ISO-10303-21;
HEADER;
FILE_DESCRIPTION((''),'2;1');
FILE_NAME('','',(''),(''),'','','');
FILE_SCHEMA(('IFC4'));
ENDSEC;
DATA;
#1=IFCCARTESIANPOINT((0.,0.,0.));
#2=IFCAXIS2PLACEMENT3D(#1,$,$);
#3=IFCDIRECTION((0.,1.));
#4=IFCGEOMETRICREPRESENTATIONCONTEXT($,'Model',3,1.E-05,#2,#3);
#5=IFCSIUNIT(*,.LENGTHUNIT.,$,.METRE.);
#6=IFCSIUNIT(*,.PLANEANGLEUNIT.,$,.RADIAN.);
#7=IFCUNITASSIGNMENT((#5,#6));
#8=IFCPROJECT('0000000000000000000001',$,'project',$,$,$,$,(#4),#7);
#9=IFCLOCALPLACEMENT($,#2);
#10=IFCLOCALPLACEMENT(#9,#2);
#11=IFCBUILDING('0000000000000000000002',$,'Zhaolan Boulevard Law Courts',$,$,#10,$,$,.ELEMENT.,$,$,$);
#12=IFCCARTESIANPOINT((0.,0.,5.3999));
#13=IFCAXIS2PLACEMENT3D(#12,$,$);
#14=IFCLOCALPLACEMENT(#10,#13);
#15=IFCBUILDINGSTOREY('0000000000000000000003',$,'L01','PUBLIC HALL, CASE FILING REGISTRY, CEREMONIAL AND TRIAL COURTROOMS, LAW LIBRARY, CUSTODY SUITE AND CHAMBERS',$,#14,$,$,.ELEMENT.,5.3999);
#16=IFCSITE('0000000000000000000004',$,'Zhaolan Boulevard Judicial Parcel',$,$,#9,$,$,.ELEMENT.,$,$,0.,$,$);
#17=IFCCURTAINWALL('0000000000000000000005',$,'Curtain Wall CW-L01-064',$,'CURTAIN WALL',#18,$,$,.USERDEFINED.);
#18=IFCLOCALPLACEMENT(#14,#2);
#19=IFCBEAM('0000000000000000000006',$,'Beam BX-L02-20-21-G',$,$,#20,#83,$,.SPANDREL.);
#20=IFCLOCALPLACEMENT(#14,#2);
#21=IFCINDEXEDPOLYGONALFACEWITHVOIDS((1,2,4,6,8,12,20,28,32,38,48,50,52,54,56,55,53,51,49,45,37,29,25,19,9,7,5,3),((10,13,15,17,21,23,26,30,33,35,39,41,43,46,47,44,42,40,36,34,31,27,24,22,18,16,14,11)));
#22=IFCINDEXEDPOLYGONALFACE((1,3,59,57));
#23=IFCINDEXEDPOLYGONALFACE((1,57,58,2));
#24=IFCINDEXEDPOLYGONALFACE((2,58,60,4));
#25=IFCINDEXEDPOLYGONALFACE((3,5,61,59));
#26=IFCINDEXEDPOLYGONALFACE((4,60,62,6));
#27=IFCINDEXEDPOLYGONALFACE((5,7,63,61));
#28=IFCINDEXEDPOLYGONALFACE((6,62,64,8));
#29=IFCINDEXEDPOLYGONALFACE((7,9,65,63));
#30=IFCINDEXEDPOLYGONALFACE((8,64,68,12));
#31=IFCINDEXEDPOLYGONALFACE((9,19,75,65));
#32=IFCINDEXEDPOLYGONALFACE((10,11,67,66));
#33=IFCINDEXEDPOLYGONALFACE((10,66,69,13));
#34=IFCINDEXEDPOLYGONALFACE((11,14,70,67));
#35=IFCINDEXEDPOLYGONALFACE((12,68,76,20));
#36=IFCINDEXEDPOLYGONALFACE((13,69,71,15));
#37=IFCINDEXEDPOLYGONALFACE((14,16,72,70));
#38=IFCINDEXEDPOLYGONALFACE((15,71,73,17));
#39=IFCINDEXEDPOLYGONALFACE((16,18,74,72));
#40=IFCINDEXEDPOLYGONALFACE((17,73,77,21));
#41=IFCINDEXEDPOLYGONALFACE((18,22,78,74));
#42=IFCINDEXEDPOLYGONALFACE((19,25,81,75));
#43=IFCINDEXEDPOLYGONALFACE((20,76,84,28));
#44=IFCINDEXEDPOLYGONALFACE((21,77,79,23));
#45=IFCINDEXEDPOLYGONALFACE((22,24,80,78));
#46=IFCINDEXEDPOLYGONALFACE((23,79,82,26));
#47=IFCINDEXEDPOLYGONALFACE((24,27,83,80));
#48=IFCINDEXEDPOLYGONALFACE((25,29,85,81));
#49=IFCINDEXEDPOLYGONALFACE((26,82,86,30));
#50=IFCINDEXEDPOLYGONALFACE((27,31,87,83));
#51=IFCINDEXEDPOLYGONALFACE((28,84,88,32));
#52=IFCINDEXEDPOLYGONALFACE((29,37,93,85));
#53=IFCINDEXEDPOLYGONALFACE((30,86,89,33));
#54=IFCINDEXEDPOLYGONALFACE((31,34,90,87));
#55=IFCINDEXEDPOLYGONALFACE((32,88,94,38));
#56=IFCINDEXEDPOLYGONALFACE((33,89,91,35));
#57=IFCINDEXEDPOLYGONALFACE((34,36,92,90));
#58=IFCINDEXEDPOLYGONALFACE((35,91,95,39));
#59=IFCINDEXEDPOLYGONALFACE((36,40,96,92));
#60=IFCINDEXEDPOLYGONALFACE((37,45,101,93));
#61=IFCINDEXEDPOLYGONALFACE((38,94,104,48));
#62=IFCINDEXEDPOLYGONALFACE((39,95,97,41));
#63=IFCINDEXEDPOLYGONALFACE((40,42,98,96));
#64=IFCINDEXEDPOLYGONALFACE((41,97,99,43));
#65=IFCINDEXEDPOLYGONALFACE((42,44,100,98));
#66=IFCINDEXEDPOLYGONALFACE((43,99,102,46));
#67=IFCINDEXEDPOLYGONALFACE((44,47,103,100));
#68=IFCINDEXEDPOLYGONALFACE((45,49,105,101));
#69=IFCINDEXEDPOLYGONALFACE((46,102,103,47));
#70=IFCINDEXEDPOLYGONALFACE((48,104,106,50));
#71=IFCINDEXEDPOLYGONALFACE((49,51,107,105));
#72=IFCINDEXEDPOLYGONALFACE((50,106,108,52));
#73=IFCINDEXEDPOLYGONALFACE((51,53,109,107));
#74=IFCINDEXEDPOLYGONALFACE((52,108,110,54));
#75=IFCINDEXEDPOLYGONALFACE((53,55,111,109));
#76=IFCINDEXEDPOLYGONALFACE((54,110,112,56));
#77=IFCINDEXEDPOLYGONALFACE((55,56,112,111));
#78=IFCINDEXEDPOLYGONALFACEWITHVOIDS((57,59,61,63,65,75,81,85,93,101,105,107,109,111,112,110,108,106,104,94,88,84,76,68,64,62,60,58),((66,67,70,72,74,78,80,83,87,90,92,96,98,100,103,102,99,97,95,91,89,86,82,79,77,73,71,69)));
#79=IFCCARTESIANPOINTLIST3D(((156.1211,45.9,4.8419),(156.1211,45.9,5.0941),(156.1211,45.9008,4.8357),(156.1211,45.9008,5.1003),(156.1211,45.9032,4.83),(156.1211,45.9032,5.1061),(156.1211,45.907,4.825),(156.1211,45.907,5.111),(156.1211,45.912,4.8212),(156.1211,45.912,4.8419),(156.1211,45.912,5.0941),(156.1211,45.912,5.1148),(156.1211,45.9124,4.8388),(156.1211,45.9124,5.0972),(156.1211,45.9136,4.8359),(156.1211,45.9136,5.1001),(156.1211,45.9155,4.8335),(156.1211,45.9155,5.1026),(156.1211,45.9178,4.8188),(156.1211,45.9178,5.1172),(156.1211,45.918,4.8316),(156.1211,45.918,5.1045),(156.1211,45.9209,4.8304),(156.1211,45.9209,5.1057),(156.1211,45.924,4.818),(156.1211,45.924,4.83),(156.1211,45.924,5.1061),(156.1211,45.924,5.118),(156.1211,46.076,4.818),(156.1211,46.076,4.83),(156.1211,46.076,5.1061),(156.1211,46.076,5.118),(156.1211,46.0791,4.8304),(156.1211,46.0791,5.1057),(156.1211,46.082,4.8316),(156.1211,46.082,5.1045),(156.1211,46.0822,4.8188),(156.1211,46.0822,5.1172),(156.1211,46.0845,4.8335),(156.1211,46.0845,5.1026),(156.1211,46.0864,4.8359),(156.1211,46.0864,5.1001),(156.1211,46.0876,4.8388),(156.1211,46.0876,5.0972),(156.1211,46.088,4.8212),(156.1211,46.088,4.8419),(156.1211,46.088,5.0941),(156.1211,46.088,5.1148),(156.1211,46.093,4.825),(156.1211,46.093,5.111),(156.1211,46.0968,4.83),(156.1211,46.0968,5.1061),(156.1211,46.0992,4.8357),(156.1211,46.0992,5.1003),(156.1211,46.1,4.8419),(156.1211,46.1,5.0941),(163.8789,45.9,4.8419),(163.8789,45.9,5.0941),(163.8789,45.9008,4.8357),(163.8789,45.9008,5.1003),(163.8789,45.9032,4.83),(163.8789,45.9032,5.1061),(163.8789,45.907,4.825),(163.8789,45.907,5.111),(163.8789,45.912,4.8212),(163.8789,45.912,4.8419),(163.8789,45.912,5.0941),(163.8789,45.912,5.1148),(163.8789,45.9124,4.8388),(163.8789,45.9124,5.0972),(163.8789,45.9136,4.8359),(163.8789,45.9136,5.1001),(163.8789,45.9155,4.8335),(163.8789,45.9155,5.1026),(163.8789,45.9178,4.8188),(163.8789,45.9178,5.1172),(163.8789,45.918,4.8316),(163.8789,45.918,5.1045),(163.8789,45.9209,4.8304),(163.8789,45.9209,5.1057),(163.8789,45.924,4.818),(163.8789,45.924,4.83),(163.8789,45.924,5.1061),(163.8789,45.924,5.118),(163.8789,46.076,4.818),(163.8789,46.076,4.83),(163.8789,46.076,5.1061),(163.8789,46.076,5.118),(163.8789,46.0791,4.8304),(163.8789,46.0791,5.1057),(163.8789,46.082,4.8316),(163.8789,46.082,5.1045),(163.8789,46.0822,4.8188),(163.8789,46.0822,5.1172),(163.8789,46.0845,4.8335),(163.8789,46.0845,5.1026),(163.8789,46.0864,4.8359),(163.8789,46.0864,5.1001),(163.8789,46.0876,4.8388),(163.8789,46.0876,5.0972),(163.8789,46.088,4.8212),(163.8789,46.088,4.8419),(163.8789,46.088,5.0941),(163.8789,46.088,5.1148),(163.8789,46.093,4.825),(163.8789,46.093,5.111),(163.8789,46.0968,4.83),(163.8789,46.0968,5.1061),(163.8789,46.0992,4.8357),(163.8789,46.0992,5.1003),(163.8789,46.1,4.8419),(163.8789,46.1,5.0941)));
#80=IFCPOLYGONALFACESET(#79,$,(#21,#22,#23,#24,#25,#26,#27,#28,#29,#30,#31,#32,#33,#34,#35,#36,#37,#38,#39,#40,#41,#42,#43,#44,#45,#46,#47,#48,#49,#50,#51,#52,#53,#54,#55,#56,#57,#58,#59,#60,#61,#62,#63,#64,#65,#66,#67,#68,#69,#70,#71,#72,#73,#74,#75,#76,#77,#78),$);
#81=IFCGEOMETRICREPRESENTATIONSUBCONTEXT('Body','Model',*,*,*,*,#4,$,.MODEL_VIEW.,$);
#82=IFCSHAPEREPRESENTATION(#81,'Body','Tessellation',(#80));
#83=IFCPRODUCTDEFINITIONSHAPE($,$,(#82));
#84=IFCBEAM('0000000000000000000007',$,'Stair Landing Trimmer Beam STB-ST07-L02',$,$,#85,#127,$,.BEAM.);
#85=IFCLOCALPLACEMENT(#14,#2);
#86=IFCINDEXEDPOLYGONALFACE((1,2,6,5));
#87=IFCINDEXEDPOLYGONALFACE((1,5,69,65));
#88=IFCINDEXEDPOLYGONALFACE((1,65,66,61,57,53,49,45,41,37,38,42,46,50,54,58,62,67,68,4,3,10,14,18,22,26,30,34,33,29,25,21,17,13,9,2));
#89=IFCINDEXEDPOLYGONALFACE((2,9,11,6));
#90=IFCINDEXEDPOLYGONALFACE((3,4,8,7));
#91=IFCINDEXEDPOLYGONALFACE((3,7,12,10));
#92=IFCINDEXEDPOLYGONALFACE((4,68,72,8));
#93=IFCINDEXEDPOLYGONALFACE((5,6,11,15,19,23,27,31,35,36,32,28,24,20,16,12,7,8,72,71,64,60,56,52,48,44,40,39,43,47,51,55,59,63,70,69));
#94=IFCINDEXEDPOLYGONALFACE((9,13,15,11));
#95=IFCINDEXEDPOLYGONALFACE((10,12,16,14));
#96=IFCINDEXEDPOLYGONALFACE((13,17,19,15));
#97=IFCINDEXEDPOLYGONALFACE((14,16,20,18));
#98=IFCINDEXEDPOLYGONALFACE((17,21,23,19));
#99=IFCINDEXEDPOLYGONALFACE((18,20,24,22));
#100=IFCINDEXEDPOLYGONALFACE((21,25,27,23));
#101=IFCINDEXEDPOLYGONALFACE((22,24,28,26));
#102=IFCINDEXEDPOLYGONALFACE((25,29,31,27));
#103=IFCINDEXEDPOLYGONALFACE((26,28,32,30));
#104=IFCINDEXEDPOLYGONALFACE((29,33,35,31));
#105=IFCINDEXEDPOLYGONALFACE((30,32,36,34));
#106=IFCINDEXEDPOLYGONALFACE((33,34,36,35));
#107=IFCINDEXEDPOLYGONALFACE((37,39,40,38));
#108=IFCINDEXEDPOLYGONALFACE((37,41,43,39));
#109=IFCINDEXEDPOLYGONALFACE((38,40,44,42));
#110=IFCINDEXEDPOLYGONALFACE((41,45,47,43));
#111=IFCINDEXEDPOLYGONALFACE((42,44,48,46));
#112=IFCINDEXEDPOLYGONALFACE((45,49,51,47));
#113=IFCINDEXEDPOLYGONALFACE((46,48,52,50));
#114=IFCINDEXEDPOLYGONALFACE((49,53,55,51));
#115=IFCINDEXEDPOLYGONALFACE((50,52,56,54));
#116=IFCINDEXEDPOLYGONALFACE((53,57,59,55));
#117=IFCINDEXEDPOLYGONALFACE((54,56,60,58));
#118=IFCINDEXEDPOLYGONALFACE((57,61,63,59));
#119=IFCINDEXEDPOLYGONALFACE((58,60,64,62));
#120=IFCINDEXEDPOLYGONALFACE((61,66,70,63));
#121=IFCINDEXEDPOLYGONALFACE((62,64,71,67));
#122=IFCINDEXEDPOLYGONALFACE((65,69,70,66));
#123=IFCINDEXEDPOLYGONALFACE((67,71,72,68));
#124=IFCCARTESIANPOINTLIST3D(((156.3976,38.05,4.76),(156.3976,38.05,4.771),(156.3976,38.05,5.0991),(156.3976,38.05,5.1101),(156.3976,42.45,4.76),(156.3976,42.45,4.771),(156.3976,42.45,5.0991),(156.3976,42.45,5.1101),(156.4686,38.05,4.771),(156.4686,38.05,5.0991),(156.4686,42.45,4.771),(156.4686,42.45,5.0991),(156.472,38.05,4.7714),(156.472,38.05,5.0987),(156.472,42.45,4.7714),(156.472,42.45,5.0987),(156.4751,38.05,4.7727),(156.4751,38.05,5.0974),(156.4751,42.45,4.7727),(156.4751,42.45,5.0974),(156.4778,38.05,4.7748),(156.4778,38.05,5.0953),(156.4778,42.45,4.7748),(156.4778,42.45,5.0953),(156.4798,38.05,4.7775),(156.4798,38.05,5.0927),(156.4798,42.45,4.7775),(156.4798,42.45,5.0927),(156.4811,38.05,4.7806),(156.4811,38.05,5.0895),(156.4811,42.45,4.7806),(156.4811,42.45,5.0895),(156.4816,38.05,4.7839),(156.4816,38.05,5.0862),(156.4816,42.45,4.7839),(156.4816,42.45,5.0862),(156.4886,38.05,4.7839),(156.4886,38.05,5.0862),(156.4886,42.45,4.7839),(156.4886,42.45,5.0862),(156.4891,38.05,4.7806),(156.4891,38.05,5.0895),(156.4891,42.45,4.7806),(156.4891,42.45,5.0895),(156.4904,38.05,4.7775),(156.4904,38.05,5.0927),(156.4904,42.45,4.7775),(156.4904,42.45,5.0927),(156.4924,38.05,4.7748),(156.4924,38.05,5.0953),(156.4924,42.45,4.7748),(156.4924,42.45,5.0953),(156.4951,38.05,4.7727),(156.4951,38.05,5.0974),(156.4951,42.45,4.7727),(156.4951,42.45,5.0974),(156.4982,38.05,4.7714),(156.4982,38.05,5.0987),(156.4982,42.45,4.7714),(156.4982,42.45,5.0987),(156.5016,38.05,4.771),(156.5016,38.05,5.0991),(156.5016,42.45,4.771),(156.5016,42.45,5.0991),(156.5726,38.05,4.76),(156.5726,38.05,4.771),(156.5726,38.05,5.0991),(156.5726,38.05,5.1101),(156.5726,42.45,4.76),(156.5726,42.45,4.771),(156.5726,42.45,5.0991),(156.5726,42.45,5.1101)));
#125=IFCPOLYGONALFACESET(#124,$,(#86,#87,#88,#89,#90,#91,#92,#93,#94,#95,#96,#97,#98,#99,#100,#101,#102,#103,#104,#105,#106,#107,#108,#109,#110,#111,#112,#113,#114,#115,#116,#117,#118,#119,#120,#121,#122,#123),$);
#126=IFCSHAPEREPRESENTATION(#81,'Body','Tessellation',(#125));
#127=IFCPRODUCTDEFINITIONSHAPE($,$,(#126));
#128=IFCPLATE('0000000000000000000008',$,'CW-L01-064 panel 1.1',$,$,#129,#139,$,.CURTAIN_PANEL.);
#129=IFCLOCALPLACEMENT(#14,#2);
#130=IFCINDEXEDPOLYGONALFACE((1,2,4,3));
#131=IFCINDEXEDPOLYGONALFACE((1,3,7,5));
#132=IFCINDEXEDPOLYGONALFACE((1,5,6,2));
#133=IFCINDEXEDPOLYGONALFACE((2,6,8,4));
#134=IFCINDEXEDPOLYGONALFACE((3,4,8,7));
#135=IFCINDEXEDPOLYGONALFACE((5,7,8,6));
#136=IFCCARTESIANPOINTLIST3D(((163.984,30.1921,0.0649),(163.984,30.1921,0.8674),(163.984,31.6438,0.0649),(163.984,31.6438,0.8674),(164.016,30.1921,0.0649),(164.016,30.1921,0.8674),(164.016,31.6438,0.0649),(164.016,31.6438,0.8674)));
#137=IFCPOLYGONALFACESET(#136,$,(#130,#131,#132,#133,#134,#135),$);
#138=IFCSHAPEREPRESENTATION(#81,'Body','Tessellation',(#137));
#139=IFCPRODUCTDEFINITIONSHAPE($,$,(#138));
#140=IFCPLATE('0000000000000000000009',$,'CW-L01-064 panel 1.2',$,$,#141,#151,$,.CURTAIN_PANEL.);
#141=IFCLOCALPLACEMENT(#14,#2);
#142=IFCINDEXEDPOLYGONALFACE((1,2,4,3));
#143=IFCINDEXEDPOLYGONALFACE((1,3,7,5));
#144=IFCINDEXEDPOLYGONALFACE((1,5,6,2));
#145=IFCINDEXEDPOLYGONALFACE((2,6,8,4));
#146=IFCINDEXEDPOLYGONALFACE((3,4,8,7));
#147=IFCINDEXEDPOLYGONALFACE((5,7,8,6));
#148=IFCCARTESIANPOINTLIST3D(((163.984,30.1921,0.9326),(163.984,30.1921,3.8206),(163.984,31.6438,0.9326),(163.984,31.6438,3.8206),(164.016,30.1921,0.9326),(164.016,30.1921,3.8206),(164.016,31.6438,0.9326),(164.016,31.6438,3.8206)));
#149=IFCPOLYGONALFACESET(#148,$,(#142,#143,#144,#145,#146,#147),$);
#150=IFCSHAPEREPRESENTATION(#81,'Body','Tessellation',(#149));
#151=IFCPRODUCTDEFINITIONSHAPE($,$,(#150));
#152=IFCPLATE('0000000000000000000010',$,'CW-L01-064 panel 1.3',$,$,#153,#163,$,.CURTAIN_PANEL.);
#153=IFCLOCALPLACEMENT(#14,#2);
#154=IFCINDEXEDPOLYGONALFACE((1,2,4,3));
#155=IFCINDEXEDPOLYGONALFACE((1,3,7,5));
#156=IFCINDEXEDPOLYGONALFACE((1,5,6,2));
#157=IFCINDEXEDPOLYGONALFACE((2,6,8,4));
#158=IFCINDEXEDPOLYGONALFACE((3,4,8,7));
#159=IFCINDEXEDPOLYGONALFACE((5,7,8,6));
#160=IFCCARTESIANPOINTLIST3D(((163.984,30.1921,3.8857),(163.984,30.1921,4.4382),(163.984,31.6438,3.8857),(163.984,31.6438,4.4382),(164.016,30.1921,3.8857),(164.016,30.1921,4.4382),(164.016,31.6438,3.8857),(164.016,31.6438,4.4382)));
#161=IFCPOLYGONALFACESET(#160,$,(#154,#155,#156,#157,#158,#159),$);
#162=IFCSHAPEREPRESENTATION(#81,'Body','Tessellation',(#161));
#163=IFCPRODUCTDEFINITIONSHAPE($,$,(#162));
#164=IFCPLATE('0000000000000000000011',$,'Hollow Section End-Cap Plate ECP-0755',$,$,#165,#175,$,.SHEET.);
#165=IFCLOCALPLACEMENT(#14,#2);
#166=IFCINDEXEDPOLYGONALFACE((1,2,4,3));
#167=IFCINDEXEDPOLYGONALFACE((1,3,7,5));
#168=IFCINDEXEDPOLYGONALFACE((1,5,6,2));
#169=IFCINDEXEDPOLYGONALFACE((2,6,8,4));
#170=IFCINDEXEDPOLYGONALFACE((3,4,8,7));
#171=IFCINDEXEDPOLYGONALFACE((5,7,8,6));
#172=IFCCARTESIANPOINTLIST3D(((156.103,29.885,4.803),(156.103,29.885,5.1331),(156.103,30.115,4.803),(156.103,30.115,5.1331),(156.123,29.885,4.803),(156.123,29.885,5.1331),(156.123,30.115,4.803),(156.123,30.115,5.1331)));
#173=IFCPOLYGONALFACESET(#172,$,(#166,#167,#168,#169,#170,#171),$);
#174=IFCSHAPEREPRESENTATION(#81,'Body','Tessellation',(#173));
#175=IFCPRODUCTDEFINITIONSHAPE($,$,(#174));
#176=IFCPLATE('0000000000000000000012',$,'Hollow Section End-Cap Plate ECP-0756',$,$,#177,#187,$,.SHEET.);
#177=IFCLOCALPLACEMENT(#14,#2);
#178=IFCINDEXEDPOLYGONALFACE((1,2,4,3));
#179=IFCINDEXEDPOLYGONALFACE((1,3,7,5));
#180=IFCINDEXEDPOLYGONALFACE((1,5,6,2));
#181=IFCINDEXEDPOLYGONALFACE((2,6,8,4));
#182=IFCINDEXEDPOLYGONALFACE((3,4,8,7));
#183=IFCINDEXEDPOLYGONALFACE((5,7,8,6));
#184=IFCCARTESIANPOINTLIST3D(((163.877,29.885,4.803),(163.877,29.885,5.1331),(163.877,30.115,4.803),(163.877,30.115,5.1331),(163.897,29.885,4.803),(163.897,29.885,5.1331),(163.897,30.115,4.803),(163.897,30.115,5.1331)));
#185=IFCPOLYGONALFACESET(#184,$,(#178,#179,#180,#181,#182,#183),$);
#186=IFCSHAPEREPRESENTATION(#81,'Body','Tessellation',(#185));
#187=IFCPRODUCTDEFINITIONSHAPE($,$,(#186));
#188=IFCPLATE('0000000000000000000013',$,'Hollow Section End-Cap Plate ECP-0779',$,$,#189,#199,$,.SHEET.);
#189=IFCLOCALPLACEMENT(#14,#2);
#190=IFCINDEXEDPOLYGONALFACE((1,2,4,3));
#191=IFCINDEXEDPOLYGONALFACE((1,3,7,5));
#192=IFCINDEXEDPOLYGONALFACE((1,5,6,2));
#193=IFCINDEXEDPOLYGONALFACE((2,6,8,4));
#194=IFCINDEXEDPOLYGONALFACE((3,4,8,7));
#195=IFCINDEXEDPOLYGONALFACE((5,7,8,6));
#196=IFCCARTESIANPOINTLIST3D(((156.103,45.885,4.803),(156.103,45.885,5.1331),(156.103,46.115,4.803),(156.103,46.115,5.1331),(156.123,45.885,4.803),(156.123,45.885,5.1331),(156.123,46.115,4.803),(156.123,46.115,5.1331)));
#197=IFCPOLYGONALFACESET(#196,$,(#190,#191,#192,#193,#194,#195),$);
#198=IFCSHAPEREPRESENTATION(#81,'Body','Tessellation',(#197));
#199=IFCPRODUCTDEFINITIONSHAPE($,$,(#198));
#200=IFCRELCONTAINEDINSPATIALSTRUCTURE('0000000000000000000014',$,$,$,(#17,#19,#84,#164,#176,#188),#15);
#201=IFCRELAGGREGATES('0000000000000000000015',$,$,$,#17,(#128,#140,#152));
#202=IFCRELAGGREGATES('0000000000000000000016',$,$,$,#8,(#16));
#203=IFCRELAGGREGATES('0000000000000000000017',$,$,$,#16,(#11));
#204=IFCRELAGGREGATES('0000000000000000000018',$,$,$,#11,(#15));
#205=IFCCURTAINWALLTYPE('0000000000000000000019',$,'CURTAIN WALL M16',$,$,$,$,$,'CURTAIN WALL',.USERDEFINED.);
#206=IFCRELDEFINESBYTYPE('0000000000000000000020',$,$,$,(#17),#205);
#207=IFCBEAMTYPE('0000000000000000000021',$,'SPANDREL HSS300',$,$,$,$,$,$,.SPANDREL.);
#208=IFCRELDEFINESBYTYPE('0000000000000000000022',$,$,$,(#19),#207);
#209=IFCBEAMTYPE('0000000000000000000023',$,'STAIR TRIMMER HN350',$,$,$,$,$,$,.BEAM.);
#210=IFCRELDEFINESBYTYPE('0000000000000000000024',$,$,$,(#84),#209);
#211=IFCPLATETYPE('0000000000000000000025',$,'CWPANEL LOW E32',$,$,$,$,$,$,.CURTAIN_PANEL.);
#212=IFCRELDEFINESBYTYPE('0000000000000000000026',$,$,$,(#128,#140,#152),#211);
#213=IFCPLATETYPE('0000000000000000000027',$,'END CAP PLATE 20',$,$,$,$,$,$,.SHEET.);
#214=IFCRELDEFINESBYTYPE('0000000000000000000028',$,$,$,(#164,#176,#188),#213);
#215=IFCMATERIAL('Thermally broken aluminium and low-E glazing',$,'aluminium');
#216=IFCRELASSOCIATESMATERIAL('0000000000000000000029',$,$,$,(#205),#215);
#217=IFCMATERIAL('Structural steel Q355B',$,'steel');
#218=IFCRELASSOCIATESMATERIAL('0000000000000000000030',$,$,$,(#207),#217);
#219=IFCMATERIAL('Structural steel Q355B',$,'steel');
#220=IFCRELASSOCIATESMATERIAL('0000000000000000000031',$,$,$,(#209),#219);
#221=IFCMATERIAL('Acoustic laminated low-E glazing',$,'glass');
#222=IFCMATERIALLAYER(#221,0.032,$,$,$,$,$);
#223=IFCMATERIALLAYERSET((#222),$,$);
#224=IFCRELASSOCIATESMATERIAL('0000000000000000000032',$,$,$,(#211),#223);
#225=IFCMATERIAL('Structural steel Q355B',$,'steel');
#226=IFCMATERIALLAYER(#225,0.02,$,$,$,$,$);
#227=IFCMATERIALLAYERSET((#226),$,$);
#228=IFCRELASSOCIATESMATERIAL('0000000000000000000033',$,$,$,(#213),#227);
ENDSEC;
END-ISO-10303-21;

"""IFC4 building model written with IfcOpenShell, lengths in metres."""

from ifc_helpers import new_model, si_unit, direction, frame, origin, origin_2d, place, context, subcontext, project, spatial, rectangle, hollow_rectangle, i_section, extrude, material, layer, layer_set, material_profile, profile_set, type_object, element, aggregate, save


model = new_model("IFC4")

# Units and contexts
model_context = context("Model", 3, precision=1e-05, world=origin(), true_north=direction((0.0, 1.0)))
body_context = subcontext(model_context, "Body", "Model", "MODEL_VIEW")
ifc_project = project(units=[si_unit("LENGTHUNIT", "METRE"), si_unit("PLANEANGLEUNIT", "RADIAN")], contexts=[model_context])

# Site, building, storey
site_placement = place(None, origin())
site = spatial("IfcSite", under=ifc_project, at=site_placement, Name="Zhaolan Boulevard Judicial Parcel", CompositionType="ELEMENT", RefElevation=0.0)
building_placement = place(site_placement, origin())
building = spatial("IfcBuilding", under=site, at=building_placement, Name="Zhaolan Boulevard Law Courts", CompositionType="ELEMENT")
storey_placement = place(building_placement, frame((0.0, 0.0, 5.3999)))
storey = spatial("IfcBuildingStorey", under=building, at=storey_placement, Name="L01", Description="PUBLIC HALL, CASE FILING REGISTRY, CEREMONIAL AND TRIAL COURTROOMS, LAW LIBRARY, CUSTODY SUITE AND CHAMBERS", CompositionType="ELEMENT", Elevation=5.3999)

# Curtain wall
ifc_material_1 = material(Name="Thermally broken aluminium and low-E glazing", Category="aluminium")
curtain_wall_type = type_object("IfcCurtainWallType", Name="CURTAIN WALL M16", ElementType="CURTAIN WALL", PredefinedType="USERDEFINED", material=ifc_material_1)
curtain_wall_placement = place(storey_placement, origin())
curtain_wall = element("IfcCurtainWall", 1, at=curtain_wall_placement, inside=storey, type_object=curtain_wall_type, Name="Curtain Wall CW-L01-064", ObjectType="CURTAIN WALL", PredefinedType="USERDEFINED")

# Beams
ifc_material_2 = material(Name="Structural steel Q355B", Category="steel")
ifc_material_profile_1 = material_profile(ifc_material_2, hollow_rectangle(XDim=0.2, YDim=0.3, WallThickness=0.012, InnerFilletRadius=0.012, OuterFilletRadius=0.0239, at=origin_2d()), Name="HSS300x200x12")
ifc_profile_set_1 = profile_set([ifc_material_profile_1], Name="Structural steel Q355B")
beam_type_1 = type_object("IfcBeamType", Name="SPANDREL HSS300", PredefinedType="SPANDREL", material=ifc_profile_set_1)
for number, where, z_axis, x_axis, name in (
    (2, (156.1211, 46.0, 4.968), (1.0, 0.0, 0.0), (0.0, 1.0, 0.0), "Beam BX-L02-20-21-G"),
):
    element("IfcBeam", number, at=place(storey_placement, frame(where, z_axis=z_axis, x_axis=x_axis)), inside=storey, type_object=beam_type_1, Name=name, PredefinedType="SPANDREL", context=body_context, shape_type="SweptSolid", body=[
        extrude(hollow_rectangle(XDim=0.2, YDim=0.3, WallThickness=0.012, InnerFilletRadius=0.012, OuterFilletRadius=0.0239, at=origin_2d()), origin(), (0.0, 0.0, 1.0), 7.7578),
    ])
ifc_material_3 = material(Name="Structural steel Q355B", Category="steel")
ifc_material_profile_2 = material_profile(ifc_material_3, i_section(OverallWidth=0.175, OverallDepth=0.3501, WebThickness=0.0071, FlangeThickness=0.011, FilletRadius=0.0129, at=origin_2d()), Name="HN350x175")
ifc_profile_set_2 = profile_set([ifc_material_profile_2], Name="Structural steel Q355B")
beam_type_2 = type_object("IfcBeamType", Name="STAIR TRIMMER HN350", PredefinedType="BEAM", material=ifc_profile_set_2)
beam_1_placement = place(storey_placement, frame((156.4851, 38.05, 4.9351), z_axis=(0.0, 1.0, 0.0), x_axis=(-1.0, 0.0, 0.0)))
element("IfcBeam", 3, at=beam_1_placement, inside=storey, type_object=beam_type_2, Name="Stair Landing Trimmer Beam STB-ST07-L02", PredefinedType="BEAM", context=body_context, shape_type="SweptSolid", body=[
    extrude(i_section(OverallWidth=0.175, OverallDepth=0.3501, WebThickness=0.0071, FlangeThickness=0.011, FilletRadius=0.0129, at=origin_2d()), origin(), (0.0, 0.0, 1.0), 4.3999),
])

# Plates
ifc_material_4 = material(Name="Acoustic laminated low-E glazing", Category="glass")
ifc_layer_1 = layer(ifc_material_4, 0.032)
ifc_layer_set_1 = layer_set([ifc_layer_1])
plate_type_1 = type_object("IfcPlateType", Name="CWPANEL LOW E32", PredefinedType="CURTAIN_PANEL", material=ifc_layer_set_1)
plate_1_placement = place(storey_placement, frame((164.0, 30.918, 0.0649), z_axis=(0.0, 0.0, 1.0), x_axis=(0.0, 1.0, 0.0)))
plate_1 = element("IfcPlate", 4, at=plate_1_placement, type_object=plate_type_1, Name="CW-L01-064 panel 1.1", PredefinedType="CURTAIN_PANEL", context=body_context, shape_type="SweptSolid", body=[
    extrude(rectangle(XDim=1.4517, YDim=0.032, at=origin_2d()), origin(), (0.0, 0.0, 1.0), 0.8025),
])
plate_2_placement = place(storey_placement, frame((164.0, 30.918, 0.9326), z_axis=(0.0, 0.0, 1.0), x_axis=(0.0, 1.0, 0.0)))
plate_2 = element("IfcPlate", 5, at=plate_2_placement, type_object=plate_type_1, Name="CW-L01-064 panel 1.2", PredefinedType="CURTAIN_PANEL", context=body_context, shape_type="SweptSolid", body=[
    extrude(rectangle(XDim=1.4517, YDim=0.032, at=origin_2d()), origin(), (0.0, 0.0, 1.0), 2.8879),
])
plate_3_placement = place(storey_placement, frame((164.0, 30.918, 3.8857), z_axis=(0.0, 0.0, 1.0), x_axis=(0.0, 1.0, 0.0)))
plate_3 = element("IfcPlate", 6, at=plate_3_placement, type_object=plate_type_1, Name="CW-L01-064 panel 1.3", PredefinedType="CURTAIN_PANEL", context=body_context, shape_type="SweptSolid", body=[
    extrude(rectangle(XDim=1.4517, YDim=0.032, at=origin_2d()), origin(), (0.0, 0.0, 1.0), 0.5525),
])
aggregate(curtain_wall, [plate_1, plate_2, plate_3])

# Plates
ifc_material_5 = material(Name="Structural steel Q355B", Category="steel")
ifc_layer_2 = layer(ifc_material_5, 0.02)
ifc_layer_set_2 = layer_set([ifc_layer_2])
plate_type_2 = type_object("IfcPlateType", Name="END CAP PLATE 20", PredefinedType="SHEET", material=ifc_layer_set_2)
for number, where, z_axis, x_axis, name in (
    (7, (156.113, 30.0, 4.803), (0.0, 0.0, 1.0), (1.0, 0.0, 0.0), "Hollow Section End-Cap Plate ECP-0755"),
    (8, (163.887, 30.0, 4.803), (0.0, 0.0, 1.0), (1.0, 0.0, 0.0), "Hollow Section End-Cap Plate ECP-0756"),
    (9, (156.113, 46.0, 4.803), (0.0, 0.0, 1.0), (1.0, 0.0, 0.0), "Hollow Section End-Cap Plate ECP-0779"),
):
    element("IfcPlate", number, at=place(storey_placement, frame(where, z_axis=z_axis, x_axis=x_axis)), inside=storey, type_object=plate_type_2, Name=name, PredefinedType="SHEET", context=body_context, shape_type="SweptSolid", body=[
        extrude(rectangle(XDim=0.02, YDim=0.23, at=origin_2d()), origin(), (0.0, 0.0, 1.0), 0.3301),
    ])

save(model, "model.ifc")
